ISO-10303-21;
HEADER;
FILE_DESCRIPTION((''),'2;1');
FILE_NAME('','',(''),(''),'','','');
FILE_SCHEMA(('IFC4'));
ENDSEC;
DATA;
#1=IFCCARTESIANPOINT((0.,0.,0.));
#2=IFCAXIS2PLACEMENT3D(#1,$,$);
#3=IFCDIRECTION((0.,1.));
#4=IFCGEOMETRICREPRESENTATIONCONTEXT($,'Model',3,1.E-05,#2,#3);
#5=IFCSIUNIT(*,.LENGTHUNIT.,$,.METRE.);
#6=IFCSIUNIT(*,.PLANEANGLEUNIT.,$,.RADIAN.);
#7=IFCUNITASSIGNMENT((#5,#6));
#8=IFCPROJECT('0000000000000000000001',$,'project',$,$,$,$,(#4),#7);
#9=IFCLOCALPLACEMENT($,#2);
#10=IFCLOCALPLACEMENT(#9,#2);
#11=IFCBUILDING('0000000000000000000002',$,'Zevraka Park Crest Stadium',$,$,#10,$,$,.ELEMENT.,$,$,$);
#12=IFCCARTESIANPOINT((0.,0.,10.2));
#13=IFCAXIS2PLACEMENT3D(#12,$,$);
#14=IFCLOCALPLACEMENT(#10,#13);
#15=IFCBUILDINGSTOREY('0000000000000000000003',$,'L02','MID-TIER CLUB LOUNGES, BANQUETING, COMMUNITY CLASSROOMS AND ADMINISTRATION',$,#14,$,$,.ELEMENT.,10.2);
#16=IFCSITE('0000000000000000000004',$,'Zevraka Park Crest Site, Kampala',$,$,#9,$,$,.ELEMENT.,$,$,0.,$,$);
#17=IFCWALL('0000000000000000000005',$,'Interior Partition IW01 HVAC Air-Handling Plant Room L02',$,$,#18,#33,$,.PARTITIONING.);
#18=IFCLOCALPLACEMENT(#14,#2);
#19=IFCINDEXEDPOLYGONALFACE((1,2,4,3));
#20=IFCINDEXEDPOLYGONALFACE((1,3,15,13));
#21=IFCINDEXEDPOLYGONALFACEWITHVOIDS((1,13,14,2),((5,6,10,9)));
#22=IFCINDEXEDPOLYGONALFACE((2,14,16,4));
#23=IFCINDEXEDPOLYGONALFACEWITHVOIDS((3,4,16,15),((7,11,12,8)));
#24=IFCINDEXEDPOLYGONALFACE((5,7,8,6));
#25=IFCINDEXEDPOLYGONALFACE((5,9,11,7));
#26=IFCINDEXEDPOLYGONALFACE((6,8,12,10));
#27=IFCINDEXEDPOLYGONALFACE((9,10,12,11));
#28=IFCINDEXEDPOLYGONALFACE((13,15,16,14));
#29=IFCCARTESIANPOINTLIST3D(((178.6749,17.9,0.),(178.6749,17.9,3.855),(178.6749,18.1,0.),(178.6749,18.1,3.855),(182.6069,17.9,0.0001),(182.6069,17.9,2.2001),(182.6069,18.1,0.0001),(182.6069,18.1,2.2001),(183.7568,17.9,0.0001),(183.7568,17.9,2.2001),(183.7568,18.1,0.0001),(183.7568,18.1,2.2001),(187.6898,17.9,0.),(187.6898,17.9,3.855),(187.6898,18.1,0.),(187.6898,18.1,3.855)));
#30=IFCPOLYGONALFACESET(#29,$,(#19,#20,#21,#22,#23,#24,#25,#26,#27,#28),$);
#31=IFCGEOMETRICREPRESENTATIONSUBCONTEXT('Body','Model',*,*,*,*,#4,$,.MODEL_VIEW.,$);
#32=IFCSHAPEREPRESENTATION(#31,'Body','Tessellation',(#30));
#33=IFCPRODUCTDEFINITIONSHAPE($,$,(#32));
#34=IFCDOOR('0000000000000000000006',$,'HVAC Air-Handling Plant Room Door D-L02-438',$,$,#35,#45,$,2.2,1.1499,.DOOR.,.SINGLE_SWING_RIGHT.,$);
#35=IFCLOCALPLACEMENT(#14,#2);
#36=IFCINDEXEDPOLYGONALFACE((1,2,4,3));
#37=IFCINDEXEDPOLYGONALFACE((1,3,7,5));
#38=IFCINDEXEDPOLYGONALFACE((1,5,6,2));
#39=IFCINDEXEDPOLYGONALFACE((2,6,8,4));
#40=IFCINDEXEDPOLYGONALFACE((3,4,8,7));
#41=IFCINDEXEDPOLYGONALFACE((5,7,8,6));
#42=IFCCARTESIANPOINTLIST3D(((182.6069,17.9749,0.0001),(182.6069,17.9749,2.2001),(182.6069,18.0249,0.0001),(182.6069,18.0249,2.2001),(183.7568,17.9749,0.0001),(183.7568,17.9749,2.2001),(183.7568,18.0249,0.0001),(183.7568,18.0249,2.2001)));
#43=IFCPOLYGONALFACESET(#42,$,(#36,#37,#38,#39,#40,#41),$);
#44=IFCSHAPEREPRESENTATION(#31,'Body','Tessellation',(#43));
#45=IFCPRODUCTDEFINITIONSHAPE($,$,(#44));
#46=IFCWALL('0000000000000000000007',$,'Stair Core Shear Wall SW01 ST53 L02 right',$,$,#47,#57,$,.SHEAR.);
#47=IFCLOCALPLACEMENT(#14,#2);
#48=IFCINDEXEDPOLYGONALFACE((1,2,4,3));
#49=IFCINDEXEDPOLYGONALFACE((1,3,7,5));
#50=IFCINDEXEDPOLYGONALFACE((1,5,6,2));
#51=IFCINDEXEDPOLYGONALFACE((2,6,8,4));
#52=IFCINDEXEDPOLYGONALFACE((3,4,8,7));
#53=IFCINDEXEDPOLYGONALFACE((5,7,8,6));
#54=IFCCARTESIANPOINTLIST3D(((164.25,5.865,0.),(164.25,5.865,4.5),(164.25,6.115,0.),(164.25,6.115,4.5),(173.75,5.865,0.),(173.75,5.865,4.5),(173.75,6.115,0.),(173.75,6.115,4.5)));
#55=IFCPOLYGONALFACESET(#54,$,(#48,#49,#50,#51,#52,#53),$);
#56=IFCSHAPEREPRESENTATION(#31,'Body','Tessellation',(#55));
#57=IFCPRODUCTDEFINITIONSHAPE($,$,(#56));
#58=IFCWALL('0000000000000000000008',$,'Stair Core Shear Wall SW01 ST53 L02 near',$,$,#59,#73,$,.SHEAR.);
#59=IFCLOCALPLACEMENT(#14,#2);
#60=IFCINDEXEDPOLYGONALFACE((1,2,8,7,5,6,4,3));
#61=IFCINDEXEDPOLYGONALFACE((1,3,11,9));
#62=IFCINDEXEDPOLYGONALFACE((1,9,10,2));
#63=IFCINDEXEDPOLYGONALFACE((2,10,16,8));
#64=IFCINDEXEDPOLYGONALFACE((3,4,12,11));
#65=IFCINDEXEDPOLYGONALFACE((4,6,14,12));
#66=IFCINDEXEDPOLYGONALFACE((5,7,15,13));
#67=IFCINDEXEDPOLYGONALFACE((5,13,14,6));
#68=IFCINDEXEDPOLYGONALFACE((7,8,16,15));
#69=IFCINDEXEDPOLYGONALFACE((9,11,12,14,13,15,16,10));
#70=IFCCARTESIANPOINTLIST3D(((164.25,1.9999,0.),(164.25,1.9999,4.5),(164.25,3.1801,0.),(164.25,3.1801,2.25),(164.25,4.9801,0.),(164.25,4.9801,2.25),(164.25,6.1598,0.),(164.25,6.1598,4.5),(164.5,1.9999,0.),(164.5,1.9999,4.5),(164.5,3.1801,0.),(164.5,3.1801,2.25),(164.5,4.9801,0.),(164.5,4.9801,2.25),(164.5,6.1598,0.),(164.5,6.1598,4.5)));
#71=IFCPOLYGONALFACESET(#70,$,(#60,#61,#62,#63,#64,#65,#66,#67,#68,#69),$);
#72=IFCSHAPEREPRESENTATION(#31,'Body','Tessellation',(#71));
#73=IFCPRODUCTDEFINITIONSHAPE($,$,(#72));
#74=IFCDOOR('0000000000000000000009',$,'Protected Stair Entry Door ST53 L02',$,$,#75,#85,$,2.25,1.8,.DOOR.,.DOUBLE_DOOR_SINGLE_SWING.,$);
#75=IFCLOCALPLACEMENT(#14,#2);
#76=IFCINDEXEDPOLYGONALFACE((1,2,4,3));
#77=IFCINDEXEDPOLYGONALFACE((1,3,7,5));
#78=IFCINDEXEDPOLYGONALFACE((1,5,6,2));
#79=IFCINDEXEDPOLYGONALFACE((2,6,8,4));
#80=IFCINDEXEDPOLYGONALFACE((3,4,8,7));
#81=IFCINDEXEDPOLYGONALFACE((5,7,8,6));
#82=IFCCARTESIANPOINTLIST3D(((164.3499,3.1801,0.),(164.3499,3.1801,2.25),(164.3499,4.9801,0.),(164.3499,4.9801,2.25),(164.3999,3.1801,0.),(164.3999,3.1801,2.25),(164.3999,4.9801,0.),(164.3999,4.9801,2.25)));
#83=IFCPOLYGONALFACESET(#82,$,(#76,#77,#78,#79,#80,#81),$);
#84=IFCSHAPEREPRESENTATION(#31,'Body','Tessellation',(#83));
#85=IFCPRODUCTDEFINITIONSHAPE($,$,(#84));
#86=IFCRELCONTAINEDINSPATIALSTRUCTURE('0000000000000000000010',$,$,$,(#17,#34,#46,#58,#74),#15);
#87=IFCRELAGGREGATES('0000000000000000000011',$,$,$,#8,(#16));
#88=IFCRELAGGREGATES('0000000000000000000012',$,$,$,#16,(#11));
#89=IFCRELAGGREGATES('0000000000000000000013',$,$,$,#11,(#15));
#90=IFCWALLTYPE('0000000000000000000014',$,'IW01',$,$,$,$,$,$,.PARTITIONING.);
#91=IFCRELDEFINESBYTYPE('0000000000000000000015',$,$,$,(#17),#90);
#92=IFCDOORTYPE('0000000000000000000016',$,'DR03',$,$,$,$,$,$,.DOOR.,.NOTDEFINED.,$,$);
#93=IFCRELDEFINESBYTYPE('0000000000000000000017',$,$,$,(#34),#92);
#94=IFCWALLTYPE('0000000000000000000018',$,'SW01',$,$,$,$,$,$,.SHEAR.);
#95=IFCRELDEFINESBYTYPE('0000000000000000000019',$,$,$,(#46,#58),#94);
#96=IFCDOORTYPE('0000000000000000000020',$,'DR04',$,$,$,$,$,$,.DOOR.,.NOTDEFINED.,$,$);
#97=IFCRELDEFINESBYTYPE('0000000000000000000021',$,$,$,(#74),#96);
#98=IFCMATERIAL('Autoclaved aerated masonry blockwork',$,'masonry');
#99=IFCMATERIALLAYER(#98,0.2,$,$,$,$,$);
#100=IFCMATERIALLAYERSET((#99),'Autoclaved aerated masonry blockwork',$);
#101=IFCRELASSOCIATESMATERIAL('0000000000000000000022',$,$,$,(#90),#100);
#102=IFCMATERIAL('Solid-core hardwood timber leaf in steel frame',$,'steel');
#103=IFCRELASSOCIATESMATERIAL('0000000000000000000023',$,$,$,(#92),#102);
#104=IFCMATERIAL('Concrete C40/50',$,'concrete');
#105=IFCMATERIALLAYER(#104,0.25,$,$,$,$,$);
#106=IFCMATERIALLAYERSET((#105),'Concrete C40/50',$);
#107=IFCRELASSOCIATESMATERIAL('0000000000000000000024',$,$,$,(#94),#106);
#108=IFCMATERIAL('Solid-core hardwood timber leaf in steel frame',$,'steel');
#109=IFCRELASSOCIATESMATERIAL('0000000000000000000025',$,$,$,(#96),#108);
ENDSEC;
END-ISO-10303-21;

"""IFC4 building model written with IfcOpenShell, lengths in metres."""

from ifc_helpers import new_model, si_unit, direction, frame, frame_2d, origin, place, context, subcontext, project, spatial, rectangle, extrude, material, layer, layer_set, type_object, element, fill, save


model = new_model("IFC4")

# Units and contexts
model_context = context("Model", 3, precision=1e-05, world=origin(), true_north=direction((0.0, 1.0)))
body_context = subcontext(model_context, "Body", "Model", "MODEL_VIEW")
ifc_project = project(units=[si_unit("LENGTHUNIT", "METRE"), si_unit("PLANEANGLEUNIT", "RADIAN")], contexts=[model_context])

# Site, building, storey
site_placement = place(None, origin())
site = spatial("IfcSite", under=ifc_project, at=site_placement, Name="Zevraka Park Crest Site, Kampala", CompositionType="ELEMENT", RefElevation=0.0)
building_placement = place(site_placement, origin())
building = spatial("IfcBuilding", under=site, at=building_placement, Name="Zevraka Park Crest Stadium", CompositionType="ELEMENT")
storey_placement = place(building_placement, frame((0.0, 0.0, 10.2)))
storey = spatial("IfcBuildingStorey", under=building, at=storey_placement, Name="L02", Description="MID-TIER CLUB LOUNGES, BANQUETING, COMMUNITY CLASSROOMS AND ADMINISTRATION", CompositionType="ELEMENT", Elevation=10.2)

# Wall, opening, door
ifc_material_1 = material(Name="Autoclaved aerated masonry blockwork", Category="masonry")
ifc_layer_1 = layer(ifc_material_1, 0.2)
ifc_layer_set_1 = layer_set([ifc_layer_1], Name="Autoclaved aerated masonry blockwork")
wall_type_1 = type_object("IfcWallType", Name="IW01", PredefinedType="PARTITIONING", material=ifc_layer_set_1)
wall_1_placement = place(storey_placement, frame((178.675, 18.0, 0.0), z_axis=(0.0, 0.0, 1.0), x_axis=(1.0, 0.0, 0.0)))
wall_1 = element("IfcWall", 1, at=wall_1_placement, inside=storey, type_object=wall_type_1, Name="Interior Partition IW01 HVAC Air-Handling Plant Room L02", PredefinedType="PARTITIONING", context=body_context, shape_type="SweptSolid", body=[
    extrude(rectangle(XDim=9.0149, YDim=0.2, at=frame_2d((4.5073, 0.0))), origin(), (0.0, 0.0, 1.0), 3.855),
])
opening_1_placement = place(wall_1_placement, frame((3.9319, 0.0, 0.0)))
opening_1 = element("IfcOpeningElement", 2, at=opening_1_placement, cuts=wall_1, PredefinedType="OPENING", context=body_context, shape_type="SweptSolid", body=[
    extrude(rectangle(XDim=1.1499, YDim=2.2, at=frame_2d((0.575, 1.1001))), frame((0.0, 0.1099, 0.0), z_axis=(0.0, -1.0, 0.0), x_axis=(1.0, 0.0, 0.0)), (0.0, 0.0, 1.0), 0.22),
])
ifc_material_2 = material(Name="Solid-core hardwood timber leaf in steel frame", Category="steel")
door_type_1 = type_object("IfcDoorType", Name="DR03", OperationType="NOTDEFINED", PredefinedType="DOOR", material=ifc_material_2)
door_1_placement = place(opening_1_placement, origin())
door_1 = element("IfcDoor", 3, at=door_1_placement, inside=storey, type_object=door_type_1, Name="HVAC Air-Handling Plant Room Door D-L02-438", OperationType="SINGLE_SWING_RIGHT", OverallHeight=2.2, OverallWidth=1.1499, PredefinedType="DOOR", context=body_context, shape_type="SweptSolid", body=[
    extrude(rectangle(XDim=1.1499, YDim=2.2, at=frame_2d((0.575, 1.1001))), frame((0.0, 0.0249, 0.0), z_axis=(0.0, -1.0, 0.0), x_axis=(1.0, 0.0, 0.0)), (0.0, 0.0, 1.0), 0.05),
])
fill(opening_1, door_1)

# Wall
ifc_material_3 = material(Name="Concrete C40/50", Category="concrete")
ifc_layer_2 = layer(ifc_material_3, 0.25)
ifc_layer_set_2 = layer_set([ifc_layer_2], Name="Concrete C40/50")
wall_type_2 = type_object("IfcWallType", Name="SW01", PredefinedType="SHEAR", material=ifc_layer_set_2)
wall_2_placement = place(storey_placement, frame((173.75, 5.99, 0.0), z_axis=(0.0, 0.0, 1.0), x_axis=(-1.0, 0.0, 0.0)))
element("IfcWall", 4, at=wall_2_placement, inside=storey, type_object=wall_type_2, Name="Stair Core Shear Wall SW01 ST53 L02 right", PredefinedType="SHEAR", context=body_context, shape_type="SweptSolid", body=[
    extrude(rectangle(XDim=9.5, YDim=0.25, at=frame_2d((4.75, 0.0))), origin(), (0.0, 0.0, 1.0), 4.5),
])

# Wall, opening, door
wall_3_placement = place(storey_placement, frame((164.375, 6.1599, 0.0), z_axis=(0.0, 0.0, 1.0), x_axis=(0.0, -1.0, 0.0)))
wall_3 = element("IfcWall", 5, at=wall_3_placement, inside=storey, type_object=wall_type_2, Name="Stair Core Shear Wall SW01 ST53 L02 near", PredefinedType="SHEAR", context=body_context, shape_type="SweptSolid", body=[
    extrude(rectangle(XDim=4.1599, YDim=0.25, at=frame_2d((2.0801, 0.0))), origin(), (0.0, 0.0, 1.0), 4.5),
])
opening_2_placement = place(wall_3_placement, frame((1.1799, 0.0, 0.0)))
opening_2 = element("IfcOpeningElement", 6, at=opening_2_placement, cuts=wall_3, PredefinedType="OPENING", context=body_context, shape_type="SweptSolid", body=[
    extrude(rectangle(XDim=1.8, YDim=2.25, at=frame_2d((0.8999, 1.125))), frame((0.0, 0.135, 0.0), z_axis=(0.0, -1.0, 0.0), x_axis=(1.0, 0.0, 0.0)), (0.0, 0.0, 1.0), 0.27),
])
ifc_material_4 = material(Name="Solid-core hardwood timber leaf in steel frame", Category="steel")
door_type_2 = type_object("IfcDoorType", Name="DR04", OperationType="NOTDEFINED", PredefinedType="DOOR", material=ifc_material_4)
door_2_placement = place(opening_2_placement, origin())
door_2 = element("IfcDoor", 7, at=door_2_placement, inside=storey, type_object=door_type_2, Name="Protected Stair Entry Door ST53 L02", OperationType="DOUBLE_DOOR_SINGLE_SWING", OverallHeight=2.25, OverallWidth=1.8, PredefinedType="DOOR", context=body_context, shape_type="SweptSolid", body=[
    extrude(rectangle(XDim=1.8, YDim=2.25, at=frame_2d((0.8999, 1.125))), frame((0.0, 0.0249, 0.0), z_axis=(0.0, -1.0, 0.0), x_axis=(1.0, 0.0, 0.0)), (0.0, 0.0, 1.0), 0.05),
])
fill(opening_2, door_2)

save(model, "model.ifc")
